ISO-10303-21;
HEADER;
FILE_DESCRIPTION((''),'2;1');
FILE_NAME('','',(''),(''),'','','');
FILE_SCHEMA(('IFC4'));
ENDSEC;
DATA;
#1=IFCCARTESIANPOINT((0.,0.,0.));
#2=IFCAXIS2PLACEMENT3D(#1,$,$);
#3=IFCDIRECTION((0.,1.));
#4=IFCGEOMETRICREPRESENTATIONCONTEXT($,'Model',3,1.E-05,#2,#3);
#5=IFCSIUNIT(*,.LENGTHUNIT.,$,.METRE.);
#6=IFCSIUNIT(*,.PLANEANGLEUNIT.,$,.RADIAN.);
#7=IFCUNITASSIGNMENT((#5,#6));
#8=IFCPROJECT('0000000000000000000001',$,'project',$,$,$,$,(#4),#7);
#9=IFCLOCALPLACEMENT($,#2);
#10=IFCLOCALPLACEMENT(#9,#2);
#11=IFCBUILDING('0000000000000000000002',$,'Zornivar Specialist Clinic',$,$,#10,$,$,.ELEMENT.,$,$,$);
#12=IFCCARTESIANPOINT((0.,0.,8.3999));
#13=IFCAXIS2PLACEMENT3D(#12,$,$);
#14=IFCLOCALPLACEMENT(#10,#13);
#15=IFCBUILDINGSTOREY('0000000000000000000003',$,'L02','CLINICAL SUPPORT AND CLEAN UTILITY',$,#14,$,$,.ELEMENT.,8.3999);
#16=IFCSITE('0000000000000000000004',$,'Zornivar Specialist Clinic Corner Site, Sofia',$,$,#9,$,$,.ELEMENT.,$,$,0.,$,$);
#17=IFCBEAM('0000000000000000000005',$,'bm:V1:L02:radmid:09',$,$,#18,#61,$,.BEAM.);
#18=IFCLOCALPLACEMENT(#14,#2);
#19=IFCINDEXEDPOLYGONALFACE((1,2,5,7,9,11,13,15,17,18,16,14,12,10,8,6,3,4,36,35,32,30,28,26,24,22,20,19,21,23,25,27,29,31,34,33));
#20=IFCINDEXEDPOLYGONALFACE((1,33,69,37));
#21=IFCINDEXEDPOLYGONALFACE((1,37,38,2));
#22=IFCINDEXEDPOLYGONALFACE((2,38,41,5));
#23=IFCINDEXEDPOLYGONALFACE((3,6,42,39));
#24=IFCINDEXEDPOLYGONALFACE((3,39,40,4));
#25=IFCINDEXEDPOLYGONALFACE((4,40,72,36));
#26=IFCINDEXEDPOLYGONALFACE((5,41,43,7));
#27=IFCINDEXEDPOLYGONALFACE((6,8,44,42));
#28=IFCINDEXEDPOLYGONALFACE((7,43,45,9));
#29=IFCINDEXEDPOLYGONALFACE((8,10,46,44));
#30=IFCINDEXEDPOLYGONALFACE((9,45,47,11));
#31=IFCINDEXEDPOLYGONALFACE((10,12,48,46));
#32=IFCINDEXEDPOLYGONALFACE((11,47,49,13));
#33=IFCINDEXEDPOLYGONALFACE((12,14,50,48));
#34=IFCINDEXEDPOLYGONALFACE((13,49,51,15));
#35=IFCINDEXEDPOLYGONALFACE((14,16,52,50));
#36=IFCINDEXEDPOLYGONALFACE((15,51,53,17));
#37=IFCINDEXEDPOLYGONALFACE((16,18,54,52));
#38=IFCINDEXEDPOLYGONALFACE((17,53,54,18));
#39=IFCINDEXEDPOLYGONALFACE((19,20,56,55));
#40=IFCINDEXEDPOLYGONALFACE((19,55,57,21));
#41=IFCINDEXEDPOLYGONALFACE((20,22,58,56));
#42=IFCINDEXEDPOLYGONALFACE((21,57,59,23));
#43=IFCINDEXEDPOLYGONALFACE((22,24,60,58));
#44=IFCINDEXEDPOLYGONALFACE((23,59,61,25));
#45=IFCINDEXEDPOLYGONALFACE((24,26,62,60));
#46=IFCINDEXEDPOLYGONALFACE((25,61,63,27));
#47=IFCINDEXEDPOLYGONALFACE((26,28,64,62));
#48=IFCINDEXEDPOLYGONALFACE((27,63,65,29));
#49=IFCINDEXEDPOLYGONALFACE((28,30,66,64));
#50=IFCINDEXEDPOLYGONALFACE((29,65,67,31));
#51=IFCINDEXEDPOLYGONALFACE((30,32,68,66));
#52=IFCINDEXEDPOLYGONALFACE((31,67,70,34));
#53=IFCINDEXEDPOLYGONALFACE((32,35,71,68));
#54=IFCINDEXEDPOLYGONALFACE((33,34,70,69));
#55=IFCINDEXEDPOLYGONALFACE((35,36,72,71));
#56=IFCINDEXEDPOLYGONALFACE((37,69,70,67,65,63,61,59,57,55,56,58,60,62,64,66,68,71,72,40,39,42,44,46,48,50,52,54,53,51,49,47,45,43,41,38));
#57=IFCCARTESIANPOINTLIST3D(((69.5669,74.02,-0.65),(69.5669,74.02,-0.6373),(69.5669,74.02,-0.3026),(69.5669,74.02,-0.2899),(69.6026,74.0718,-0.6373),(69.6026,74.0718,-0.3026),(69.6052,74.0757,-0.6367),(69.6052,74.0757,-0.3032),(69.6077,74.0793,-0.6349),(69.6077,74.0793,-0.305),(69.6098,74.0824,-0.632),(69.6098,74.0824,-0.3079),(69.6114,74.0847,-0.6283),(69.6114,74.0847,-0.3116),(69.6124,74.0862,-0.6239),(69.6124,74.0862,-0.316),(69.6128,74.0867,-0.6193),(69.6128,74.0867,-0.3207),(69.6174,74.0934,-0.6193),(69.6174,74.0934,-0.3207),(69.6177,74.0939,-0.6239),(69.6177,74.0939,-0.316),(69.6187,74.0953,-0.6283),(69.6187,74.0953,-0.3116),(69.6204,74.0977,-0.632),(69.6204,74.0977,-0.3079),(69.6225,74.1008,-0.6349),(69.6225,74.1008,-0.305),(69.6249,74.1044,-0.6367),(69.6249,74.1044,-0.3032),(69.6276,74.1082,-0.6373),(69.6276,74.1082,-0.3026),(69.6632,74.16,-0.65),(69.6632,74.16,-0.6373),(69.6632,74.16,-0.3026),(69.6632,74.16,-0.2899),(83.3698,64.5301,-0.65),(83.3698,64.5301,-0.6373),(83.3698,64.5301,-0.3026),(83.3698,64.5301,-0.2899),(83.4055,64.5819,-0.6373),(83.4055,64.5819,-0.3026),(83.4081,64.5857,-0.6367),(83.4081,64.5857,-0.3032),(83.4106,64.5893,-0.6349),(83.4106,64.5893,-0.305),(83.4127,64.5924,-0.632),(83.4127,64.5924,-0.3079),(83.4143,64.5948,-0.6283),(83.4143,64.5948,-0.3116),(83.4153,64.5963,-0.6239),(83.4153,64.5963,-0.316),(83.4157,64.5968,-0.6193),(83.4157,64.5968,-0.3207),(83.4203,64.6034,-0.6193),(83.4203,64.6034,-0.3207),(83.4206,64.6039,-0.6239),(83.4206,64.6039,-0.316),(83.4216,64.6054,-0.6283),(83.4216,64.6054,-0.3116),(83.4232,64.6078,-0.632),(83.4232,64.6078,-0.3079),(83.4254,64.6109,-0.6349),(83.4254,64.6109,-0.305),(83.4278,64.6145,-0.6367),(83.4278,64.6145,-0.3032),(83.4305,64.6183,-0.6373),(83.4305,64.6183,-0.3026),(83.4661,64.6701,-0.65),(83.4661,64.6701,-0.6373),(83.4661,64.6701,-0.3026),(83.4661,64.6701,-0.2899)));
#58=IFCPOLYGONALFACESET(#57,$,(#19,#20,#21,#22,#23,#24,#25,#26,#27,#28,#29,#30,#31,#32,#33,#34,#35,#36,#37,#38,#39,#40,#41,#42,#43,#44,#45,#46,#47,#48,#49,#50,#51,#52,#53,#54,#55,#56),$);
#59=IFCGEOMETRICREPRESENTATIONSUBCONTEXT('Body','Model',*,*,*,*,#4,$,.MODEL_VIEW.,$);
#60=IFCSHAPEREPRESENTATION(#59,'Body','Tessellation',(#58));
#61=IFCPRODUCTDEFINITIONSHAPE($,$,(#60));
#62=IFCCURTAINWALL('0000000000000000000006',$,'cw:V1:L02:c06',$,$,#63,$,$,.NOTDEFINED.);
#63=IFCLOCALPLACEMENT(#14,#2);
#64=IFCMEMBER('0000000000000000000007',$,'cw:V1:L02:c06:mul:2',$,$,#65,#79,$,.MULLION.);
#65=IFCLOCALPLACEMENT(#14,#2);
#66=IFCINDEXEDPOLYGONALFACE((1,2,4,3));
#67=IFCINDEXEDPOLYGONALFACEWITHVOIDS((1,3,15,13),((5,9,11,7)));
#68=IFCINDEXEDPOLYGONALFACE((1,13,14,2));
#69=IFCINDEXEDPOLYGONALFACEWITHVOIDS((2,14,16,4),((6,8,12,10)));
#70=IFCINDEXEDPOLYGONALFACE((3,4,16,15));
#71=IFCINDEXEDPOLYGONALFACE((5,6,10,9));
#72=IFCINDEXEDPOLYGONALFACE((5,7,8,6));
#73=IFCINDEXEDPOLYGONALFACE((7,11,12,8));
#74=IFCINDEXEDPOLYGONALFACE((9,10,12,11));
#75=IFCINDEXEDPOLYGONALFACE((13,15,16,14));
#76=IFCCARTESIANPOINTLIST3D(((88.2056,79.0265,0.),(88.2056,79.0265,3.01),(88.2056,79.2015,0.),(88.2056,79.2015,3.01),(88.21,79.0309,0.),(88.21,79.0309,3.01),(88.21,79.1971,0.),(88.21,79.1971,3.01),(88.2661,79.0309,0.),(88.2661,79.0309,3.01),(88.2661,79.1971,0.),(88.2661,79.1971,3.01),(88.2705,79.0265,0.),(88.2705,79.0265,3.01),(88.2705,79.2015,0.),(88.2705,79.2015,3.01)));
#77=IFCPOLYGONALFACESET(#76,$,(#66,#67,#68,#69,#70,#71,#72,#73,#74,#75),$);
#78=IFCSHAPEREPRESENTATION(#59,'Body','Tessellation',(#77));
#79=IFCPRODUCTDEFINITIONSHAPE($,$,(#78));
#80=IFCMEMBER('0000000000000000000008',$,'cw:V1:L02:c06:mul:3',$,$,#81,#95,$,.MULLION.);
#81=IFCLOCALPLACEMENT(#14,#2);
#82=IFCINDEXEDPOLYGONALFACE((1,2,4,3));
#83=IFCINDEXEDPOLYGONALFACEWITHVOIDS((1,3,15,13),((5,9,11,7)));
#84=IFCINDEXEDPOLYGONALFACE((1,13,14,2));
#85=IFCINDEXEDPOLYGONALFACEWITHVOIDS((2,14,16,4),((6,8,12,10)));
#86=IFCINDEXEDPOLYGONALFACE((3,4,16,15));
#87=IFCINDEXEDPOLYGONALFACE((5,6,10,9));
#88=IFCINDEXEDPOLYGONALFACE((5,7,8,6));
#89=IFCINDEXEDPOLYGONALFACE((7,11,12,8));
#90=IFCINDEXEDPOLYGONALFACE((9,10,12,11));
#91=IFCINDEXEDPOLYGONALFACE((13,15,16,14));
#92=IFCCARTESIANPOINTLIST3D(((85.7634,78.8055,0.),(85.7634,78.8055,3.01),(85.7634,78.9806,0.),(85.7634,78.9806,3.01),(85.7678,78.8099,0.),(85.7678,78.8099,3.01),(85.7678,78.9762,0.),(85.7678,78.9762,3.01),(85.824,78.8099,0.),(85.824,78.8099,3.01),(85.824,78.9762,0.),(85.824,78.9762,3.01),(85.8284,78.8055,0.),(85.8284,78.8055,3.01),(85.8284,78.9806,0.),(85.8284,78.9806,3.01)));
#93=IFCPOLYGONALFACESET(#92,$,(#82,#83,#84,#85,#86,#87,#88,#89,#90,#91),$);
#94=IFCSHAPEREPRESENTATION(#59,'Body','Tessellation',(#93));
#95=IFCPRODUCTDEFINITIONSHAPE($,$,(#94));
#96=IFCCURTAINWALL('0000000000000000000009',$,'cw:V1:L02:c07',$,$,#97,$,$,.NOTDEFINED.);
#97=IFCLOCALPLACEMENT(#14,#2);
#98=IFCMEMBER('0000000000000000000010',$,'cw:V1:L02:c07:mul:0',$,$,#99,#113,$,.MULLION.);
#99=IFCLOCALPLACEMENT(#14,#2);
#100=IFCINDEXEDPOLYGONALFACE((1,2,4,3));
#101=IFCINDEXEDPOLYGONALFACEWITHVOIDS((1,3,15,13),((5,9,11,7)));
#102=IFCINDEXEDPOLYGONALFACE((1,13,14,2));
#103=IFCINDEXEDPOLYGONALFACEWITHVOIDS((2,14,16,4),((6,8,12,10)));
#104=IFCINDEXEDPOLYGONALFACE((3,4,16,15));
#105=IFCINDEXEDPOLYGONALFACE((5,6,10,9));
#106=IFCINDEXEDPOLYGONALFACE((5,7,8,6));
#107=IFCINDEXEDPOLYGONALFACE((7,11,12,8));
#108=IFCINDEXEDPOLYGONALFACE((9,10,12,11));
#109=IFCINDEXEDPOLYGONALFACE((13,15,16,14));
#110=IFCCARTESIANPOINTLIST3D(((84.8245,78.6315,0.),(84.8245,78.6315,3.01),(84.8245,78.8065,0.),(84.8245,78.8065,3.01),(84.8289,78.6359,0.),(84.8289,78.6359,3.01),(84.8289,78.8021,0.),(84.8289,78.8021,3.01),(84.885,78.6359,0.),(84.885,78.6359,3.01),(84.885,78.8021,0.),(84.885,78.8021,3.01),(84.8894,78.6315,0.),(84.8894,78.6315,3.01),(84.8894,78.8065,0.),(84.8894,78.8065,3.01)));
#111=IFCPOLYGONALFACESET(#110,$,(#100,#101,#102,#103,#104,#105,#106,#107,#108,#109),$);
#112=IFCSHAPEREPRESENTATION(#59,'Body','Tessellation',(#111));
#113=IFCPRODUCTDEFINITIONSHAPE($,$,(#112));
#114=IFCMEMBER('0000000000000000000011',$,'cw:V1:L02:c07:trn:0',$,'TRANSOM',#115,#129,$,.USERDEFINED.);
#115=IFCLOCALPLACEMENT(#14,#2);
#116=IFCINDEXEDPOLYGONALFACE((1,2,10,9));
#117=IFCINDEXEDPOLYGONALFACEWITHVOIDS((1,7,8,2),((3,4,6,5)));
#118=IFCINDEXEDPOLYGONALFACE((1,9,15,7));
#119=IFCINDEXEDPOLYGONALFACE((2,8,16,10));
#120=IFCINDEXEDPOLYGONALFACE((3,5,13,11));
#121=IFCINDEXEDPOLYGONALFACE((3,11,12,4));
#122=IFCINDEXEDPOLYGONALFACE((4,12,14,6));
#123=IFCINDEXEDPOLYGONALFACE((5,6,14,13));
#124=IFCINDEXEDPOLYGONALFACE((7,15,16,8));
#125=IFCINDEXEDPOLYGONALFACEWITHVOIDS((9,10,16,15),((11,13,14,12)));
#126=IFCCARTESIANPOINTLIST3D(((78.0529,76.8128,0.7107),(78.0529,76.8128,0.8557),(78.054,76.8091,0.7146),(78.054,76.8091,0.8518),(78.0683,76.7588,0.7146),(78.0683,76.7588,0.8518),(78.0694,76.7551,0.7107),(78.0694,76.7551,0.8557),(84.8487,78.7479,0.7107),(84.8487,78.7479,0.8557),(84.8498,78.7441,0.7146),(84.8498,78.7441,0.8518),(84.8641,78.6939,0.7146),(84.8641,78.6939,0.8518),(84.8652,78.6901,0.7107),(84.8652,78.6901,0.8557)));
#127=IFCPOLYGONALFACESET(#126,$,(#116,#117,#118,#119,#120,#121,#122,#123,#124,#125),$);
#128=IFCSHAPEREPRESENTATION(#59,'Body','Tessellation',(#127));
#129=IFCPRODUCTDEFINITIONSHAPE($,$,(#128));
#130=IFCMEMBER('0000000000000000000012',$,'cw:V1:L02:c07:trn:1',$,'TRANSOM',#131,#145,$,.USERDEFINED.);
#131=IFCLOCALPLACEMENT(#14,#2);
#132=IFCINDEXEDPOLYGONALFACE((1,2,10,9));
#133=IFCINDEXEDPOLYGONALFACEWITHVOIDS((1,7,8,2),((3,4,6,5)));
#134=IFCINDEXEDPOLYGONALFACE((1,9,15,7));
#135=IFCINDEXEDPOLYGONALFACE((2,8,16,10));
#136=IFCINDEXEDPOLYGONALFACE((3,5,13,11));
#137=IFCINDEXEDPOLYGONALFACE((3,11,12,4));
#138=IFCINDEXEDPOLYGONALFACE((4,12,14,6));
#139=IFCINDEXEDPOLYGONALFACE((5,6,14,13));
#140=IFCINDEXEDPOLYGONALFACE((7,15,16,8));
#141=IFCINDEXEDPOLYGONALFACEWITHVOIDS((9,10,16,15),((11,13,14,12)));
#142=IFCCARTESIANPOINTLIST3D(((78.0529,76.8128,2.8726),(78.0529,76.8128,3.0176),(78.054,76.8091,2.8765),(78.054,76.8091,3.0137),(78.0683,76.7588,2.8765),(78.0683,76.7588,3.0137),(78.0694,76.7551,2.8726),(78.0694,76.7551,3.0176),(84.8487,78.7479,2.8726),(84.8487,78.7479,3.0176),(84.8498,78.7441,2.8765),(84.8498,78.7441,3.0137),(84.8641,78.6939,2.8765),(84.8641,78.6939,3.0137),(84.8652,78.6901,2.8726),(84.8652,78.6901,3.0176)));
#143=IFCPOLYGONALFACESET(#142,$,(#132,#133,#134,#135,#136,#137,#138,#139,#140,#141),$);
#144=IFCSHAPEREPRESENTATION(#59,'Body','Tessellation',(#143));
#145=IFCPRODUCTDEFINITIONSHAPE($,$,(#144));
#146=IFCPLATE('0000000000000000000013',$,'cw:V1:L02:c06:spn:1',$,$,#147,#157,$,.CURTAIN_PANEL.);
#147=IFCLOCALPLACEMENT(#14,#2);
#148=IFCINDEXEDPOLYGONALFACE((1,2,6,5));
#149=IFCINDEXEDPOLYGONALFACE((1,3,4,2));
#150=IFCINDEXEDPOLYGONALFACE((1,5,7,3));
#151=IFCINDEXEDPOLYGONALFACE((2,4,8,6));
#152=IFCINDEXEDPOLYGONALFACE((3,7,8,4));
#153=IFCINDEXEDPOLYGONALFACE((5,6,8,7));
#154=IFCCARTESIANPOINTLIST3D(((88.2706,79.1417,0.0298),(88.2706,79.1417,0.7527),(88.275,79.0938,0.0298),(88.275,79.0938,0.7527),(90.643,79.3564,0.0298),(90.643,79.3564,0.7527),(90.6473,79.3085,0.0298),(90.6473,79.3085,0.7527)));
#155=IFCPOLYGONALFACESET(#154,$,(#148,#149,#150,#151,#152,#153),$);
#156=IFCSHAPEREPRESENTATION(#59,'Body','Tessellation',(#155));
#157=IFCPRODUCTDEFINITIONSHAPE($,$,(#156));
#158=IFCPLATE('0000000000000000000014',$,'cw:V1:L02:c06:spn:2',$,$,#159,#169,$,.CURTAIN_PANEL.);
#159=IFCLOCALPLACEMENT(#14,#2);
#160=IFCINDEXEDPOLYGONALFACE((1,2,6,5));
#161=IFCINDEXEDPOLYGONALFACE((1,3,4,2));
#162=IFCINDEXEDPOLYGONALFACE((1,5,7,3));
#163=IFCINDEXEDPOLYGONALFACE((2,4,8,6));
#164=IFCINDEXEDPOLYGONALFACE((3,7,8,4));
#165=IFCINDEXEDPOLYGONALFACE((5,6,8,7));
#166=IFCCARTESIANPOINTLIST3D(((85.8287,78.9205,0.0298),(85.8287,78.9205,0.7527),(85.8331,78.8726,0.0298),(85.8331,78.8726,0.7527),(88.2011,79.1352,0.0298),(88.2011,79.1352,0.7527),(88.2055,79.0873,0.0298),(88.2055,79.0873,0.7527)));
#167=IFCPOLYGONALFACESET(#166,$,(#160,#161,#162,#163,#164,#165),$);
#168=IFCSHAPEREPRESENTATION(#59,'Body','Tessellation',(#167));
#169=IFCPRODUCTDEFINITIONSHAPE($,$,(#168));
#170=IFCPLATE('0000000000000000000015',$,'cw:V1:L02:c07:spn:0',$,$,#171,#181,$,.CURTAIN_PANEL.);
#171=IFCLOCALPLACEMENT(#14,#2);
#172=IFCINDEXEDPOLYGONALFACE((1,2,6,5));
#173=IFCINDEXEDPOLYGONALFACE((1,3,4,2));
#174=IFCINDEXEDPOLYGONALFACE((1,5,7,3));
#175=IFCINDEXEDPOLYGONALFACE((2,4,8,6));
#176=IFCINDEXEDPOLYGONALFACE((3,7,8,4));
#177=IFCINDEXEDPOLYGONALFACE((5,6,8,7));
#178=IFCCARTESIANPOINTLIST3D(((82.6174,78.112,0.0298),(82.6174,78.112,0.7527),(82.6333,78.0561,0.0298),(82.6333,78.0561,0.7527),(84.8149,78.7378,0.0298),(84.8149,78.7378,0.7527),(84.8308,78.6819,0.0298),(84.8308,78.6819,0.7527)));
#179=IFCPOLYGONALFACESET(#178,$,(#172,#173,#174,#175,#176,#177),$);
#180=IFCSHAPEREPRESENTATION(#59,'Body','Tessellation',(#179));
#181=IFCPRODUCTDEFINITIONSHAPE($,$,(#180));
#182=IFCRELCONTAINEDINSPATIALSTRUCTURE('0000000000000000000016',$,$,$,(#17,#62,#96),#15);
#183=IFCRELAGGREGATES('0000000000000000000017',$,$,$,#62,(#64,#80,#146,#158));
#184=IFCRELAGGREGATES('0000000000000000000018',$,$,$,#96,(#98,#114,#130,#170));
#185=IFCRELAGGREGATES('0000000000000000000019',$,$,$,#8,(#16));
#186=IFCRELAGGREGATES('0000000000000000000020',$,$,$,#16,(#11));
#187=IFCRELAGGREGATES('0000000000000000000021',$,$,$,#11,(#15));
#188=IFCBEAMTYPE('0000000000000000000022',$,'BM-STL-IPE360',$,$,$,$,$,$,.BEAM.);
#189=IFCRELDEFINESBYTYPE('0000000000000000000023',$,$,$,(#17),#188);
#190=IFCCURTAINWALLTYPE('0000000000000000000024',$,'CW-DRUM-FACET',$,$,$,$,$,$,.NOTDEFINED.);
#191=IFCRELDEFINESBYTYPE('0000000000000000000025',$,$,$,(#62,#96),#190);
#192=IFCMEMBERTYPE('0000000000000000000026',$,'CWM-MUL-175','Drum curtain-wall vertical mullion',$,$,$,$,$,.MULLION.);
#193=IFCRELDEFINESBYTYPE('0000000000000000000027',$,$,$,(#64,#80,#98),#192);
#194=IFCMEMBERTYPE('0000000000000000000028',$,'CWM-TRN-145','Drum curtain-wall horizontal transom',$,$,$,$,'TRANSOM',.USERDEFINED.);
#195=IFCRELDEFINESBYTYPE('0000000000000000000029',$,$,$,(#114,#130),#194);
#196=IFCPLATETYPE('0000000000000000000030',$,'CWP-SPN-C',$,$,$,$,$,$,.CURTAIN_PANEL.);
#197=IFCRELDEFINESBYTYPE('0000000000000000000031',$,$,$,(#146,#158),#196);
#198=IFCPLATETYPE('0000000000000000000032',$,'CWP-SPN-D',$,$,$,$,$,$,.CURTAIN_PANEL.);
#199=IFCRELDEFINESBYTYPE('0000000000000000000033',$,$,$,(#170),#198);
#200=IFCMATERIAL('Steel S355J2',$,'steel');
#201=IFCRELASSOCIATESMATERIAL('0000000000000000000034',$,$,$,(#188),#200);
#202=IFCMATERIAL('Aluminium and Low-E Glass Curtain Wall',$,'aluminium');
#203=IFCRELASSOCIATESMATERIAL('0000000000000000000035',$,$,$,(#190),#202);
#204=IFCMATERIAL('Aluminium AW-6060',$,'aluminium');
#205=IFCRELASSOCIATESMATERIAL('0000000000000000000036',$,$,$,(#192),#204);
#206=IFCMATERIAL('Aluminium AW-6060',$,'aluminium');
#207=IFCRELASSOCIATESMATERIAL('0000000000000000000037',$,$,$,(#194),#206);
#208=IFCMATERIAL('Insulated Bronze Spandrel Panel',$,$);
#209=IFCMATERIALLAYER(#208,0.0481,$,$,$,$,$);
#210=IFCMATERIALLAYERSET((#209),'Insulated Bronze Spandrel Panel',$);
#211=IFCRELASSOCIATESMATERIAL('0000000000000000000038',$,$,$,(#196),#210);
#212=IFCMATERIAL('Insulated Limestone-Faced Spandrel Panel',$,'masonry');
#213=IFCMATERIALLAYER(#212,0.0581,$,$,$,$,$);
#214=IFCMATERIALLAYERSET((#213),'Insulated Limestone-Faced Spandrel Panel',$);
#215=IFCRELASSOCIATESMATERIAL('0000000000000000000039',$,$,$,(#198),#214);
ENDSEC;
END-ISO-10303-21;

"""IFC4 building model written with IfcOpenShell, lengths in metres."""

from ifc_helpers import new_model, si_unit, direction, frame, origin, origin_2d, place, context, subcontext, project, spatial, rectangle, hollow_rectangle, i_section, extrude, material, layer, layer_set, material_profile, profile_set, type_object, element, aggregate, save


model = new_model("IFC4")

# Units and contexts
model_context = context("Model", 3, precision=1e-05, world=origin(), true_north=direction((0.0, 1.0)))
body_context = subcontext(model_context, "Body", "Model", "MODEL_VIEW")
ifc_project = project(units=[si_unit("LENGTHUNIT", "METRE"), si_unit("PLANEANGLEUNIT", "RADIAN")], contexts=[model_context])

# Site, building, storey
site_placement = place(None, origin())
site = spatial("IfcSite", under=ifc_project, at=site_placement, Name="Zornivar Specialist Clinic Corner Site, Sofia", CompositionType="ELEMENT", RefElevation=0.0)
building_placement = place(site_placement, origin())
building = spatial("IfcBuilding", under=site, at=building_placement, Name="Zornivar Specialist Clinic", CompositionType="ELEMENT")
storey_placement = place(building_placement, frame((0.0, 0.0, 8.3999)))
storey = spatial("IfcBuildingStorey", under=building, at=storey_placement, Name="L02", Description="CLINICAL SUPPORT AND CLEAN UTILITY", CompositionType="ELEMENT", Elevation=8.3999)

# Beam
ifc_material_1 = material(Name="Steel S355J2", Category="steel")
ifc_material_profile_1 = material_profile(ifc_material_1, i_section(OverallWidth=0.1699, OverallDepth=0.3601, WebThickness=0.0081, FlangeThickness=0.0127, FilletRadius=0.0181, at=origin_2d()), Name="IPE 360")
ifc_profile_set_1 = profile_set([ifc_material_profile_1], Name="Steel S355J2")
beam_type_1 = type_object("IfcBeamType", Name="BM-STL-IPE360", PredefinedType="BEAM", material=ifc_profile_set_1)
beam_1_placement = place(storey_placement, frame((83.418, 64.6001, -0.47), z_axis=(-0.82403, 0.566547, 0.0), x_axis=(-0.566547, -0.82403, 0.0)))
element("IfcBeam", 1, at=beam_1_placement, inside=storey, type_object=beam_type_1, Name="bm:V1:L02:radmid:09", PredefinedType="BEAM", context=body_context, shape_type="SweptSolid", body=[
    extrude(i_section(OverallWidth=0.1699, OverallDepth=0.3601, WebThickness=0.0081, FlangeThickness=0.0127, FilletRadius=0.0181, at=origin_2d()), origin(), (0.0, 0.0, 1.0), 16.7505),
])

# Curtain walls, members
ifc_material_2 = material(Name="Aluminium and Low-E Glass Curtain Wall", Category="aluminium")
curtain_wall_type = type_object("IfcCurtainWallType", Name="CW-DRUM-FACET", PredefinedType="NOTDEFINED", material=ifc_material_2)
curtain_wall_1_placement = place(storey_placement, origin())
curtain_wall_1 = element("IfcCurtainWall", 2, at=curtain_wall_1_placement, inside=storey, type_object=curtain_wall_type, Name="cw:V1:L02:c06", PredefinedType="NOTDEFINED")
ifc_material_3 = material(Name="Aluminium AW-6060", Category="aluminium")
ifc_material_profile_2 = material_profile(ifc_material_3, hollow_rectangle(XDim=0.0649, YDim=0.175, WallThickness=0.0044, at=origin_2d()), Name="ALU 65x175x4.5")
ifc_profile_set_2 = profile_set([ifc_material_profile_2], Name="Aluminium AW-6060")
member_type_1 = type_object("IfcMemberType", Name="CWM-MUL-175", Description="Drum curtain-wall vertical mullion", PredefinedType="MULLION", material=ifc_profile_set_2)
member_1_placement = place(storey_placement, frame((88.238, 79.114, 0.0), z_axis=(0.0, 0.0, 1.0), x_axis=(1.0, 0.0, 0.0)))
member_1 = element("IfcMember", 3, at=member_1_placement, type_object=member_type_1, Name="cw:V1:L02:c06:mul:2", PredefinedType="MULLION", context=body_context, shape_type="SweptSolid", body=[
    extrude(hollow_rectangle(XDim=0.0649, YDim=0.175, WallThickness=0.0044, at=origin_2d()), origin(), (0.0, 0.0, 1.0), 3.01),
])
member_2_placement = place(storey_placement, frame((85.7959, 78.8931, 0.0), z_axis=(0.0, 0.0, 1.0), x_axis=(1.0, 0.0, 0.0)))
member_2 = element("IfcMember", 4, at=member_2_placement, type_object=member_type_1, Name="cw:V1:L02:c06:mul:3", PredefinedType="MULLION", context=body_context, shape_type="SweptSolid", body=[
    extrude(hollow_rectangle(XDim=0.0649, YDim=0.175, WallThickness=0.0044, at=origin_2d()), origin(), (0.0, 0.0, 1.0), 3.01),
])
curtain_wall_2_placement = place(storey_placement, origin())
curtain_wall_2 = element("IfcCurtainWall", 5, at=curtain_wall_2_placement, inside=storey, type_object=curtain_wall_type, Name="cw:V1:L02:c07", PredefinedType="NOTDEFINED")
member_3_placement = place(storey_placement, frame((84.8569, 78.719, 0.0), z_axis=(0.0, 0.0, 1.0), x_axis=(1.0, 0.0, 0.0)))
member_3 = element("IfcMember", 6, at=member_3_placement, type_object=member_type_1, Name="cw:V1:L02:c07:mul:0", PredefinedType="MULLION", context=body_context, shape_type="SweptSolid", body=[
    extrude(hollow_rectangle(XDim=0.0649, YDim=0.175, WallThickness=0.0044, at=origin_2d()), origin(), (0.0, 0.0, 1.0), 3.01),
])
ifc_material_4 = material(Name="Aluminium AW-6060", Category="aluminium")
ifc_material_profile_3 = material_profile(ifc_material_4, hollow_rectangle(XDim=0.0601, YDim=0.145, WallThickness=0.0039, at=origin_2d()), Name="ALU 60x145x4")
ifc_profile_set_3 = profile_set([ifc_material_profile_3], Name="Aluminium AW-6060")
member_type_2 = type_object("IfcMemberType", Name="CWM-TRN-145", Description="Drum curtain-wall horizontal transom", ElementType="TRANSOM", PredefinedType="USERDEFINED", material=ifc_profile_set_3)
member_4_placement = place(storey_placement, frame((84.8569, 78.719, 0.7832), z_axis=(-0.961771, -0.273854, 0.0), x_axis=(0.273854, -0.961771, 0.0)))
member_4 = element("IfcMember", 7, at=member_4_placement, type_object=member_type_2, Name="cw:V1:L02:c07:trn:0", ObjectType="TRANSOM", PredefinedType="USERDEFINED", context=body_context, shape_type="SweptSolid", body=[
    extrude(hollow_rectangle(XDim=0.0601, YDim=0.145, WallThickness=0.0039, at=origin_2d()), origin(), (0.0, 0.0, 1.0), 7.0659),
])
member_5_placement = place(storey_placement, frame((84.8569, 78.719, 2.9451), z_axis=(-0.961771, -0.273854, 0.0), x_axis=(0.273854, -0.961771, 0.0)))
member_5 = element("IfcMember", 8, at=member_5_placement, type_object=member_type_2, Name="cw:V1:L02:c07:trn:1", ObjectType="TRANSOM", PredefinedType="USERDEFINED", context=body_context, shape_type="SweptSolid", body=[
    extrude(hollow_rectangle(XDim=0.0601, YDim=0.145, WallThickness=0.0039, at=origin_2d()), origin(), (0.0, 0.0, 1.0), 7.0659),
])

# Plates
ifc_material_5 = material(Name="Insulated Bronze Spandrel Panel")
ifc_layer_1 = layer(ifc_material_5, 0.0481)
ifc_layer_set_1 = layer_set([ifc_layer_1], Name="Insulated Bronze Spandrel Panel")
plate_type_1 = type_object("IfcPlateType", Name="CWP-SPN-C", PredefinedType="CURTAIN_PANEL", material=ifc_layer_set_1)
plate_1_placement = place(storey_placement, frame((89.459, 79.2251, 0.0298), z_axis=(0.0, 0.0, 1.0), x_axis=(-0.995933, -0.090099, 0.0)))
plate_1 = element("IfcPlate", 9, at=plate_1_placement, type_object=plate_type_1, Name="cw:V1:L02:c06:spn:1", PredefinedType="CURTAIN_PANEL", context=body_context, shape_type="SweptSolid", body=[
    extrude(rectangle(XDim=2.3821, YDim=0.0481, at=origin_2d()), origin(), (0.0, 0.0, 1.0), 0.7229),
])
plate_2_placement = place(storey_placement, frame((87.0171, 79.0039, 0.0298), z_axis=(0.0, 0.0, 1.0), x_axis=(-0.995933, -0.090099, 0.0)))
plate_2 = element("IfcPlate", 10, at=plate_2_placement, type_object=plate_type_1, Name="cw:V1:L02:c06:spn:2", PredefinedType="CURTAIN_PANEL", context=body_context, shape_type="SweptSolid", body=[
    extrude(rectangle(XDim=2.3821, YDim=0.0481, at=origin_2d()), origin(), (0.0, 0.0, 1.0), 0.7229),
])
ifc_material_6 = material(Name="Insulated Limestone-Faced Spandrel Panel", Category="masonry")
ifc_layer_2 = layer(ifc_material_6, 0.0581)
ifc_layer_set_2 = layer_set([ifc_layer_2], Name="Insulated Limestone-Faced Spandrel Panel")
plate_type_2 = type_object("IfcPlateType", Name="CWP-SPN-D", PredefinedType="CURTAIN_PANEL", material=ifc_layer_set_2)
plate_3_placement = place(storey_placement, frame((83.7241, 78.397, 0.0298), z_axis=(0.0, 0.0, 1.0), x_axis=(-0.961761, -0.273889, 0.0)))
plate_3 = element("IfcPlate", 11, at=plate_3_placement, type_object=plate_type_2, Name="cw:V1:L02:c07:spn:0", PredefinedType="CURTAIN_PANEL", context=body_context, shape_type="SweptSolid", body=[
    extrude(rectangle(XDim=2.2849, YDim=0.0581, at=origin_2d()), origin(), (0.0, 0.0, 1.0), 0.7229),
])
aggregate(curtain_wall_1, [member_1, member_2, plate_1, plate_2])
aggregate(curtain_wall_2, [member_3, member_4, member_5, plate_3])

save(model, "model.ifc")
